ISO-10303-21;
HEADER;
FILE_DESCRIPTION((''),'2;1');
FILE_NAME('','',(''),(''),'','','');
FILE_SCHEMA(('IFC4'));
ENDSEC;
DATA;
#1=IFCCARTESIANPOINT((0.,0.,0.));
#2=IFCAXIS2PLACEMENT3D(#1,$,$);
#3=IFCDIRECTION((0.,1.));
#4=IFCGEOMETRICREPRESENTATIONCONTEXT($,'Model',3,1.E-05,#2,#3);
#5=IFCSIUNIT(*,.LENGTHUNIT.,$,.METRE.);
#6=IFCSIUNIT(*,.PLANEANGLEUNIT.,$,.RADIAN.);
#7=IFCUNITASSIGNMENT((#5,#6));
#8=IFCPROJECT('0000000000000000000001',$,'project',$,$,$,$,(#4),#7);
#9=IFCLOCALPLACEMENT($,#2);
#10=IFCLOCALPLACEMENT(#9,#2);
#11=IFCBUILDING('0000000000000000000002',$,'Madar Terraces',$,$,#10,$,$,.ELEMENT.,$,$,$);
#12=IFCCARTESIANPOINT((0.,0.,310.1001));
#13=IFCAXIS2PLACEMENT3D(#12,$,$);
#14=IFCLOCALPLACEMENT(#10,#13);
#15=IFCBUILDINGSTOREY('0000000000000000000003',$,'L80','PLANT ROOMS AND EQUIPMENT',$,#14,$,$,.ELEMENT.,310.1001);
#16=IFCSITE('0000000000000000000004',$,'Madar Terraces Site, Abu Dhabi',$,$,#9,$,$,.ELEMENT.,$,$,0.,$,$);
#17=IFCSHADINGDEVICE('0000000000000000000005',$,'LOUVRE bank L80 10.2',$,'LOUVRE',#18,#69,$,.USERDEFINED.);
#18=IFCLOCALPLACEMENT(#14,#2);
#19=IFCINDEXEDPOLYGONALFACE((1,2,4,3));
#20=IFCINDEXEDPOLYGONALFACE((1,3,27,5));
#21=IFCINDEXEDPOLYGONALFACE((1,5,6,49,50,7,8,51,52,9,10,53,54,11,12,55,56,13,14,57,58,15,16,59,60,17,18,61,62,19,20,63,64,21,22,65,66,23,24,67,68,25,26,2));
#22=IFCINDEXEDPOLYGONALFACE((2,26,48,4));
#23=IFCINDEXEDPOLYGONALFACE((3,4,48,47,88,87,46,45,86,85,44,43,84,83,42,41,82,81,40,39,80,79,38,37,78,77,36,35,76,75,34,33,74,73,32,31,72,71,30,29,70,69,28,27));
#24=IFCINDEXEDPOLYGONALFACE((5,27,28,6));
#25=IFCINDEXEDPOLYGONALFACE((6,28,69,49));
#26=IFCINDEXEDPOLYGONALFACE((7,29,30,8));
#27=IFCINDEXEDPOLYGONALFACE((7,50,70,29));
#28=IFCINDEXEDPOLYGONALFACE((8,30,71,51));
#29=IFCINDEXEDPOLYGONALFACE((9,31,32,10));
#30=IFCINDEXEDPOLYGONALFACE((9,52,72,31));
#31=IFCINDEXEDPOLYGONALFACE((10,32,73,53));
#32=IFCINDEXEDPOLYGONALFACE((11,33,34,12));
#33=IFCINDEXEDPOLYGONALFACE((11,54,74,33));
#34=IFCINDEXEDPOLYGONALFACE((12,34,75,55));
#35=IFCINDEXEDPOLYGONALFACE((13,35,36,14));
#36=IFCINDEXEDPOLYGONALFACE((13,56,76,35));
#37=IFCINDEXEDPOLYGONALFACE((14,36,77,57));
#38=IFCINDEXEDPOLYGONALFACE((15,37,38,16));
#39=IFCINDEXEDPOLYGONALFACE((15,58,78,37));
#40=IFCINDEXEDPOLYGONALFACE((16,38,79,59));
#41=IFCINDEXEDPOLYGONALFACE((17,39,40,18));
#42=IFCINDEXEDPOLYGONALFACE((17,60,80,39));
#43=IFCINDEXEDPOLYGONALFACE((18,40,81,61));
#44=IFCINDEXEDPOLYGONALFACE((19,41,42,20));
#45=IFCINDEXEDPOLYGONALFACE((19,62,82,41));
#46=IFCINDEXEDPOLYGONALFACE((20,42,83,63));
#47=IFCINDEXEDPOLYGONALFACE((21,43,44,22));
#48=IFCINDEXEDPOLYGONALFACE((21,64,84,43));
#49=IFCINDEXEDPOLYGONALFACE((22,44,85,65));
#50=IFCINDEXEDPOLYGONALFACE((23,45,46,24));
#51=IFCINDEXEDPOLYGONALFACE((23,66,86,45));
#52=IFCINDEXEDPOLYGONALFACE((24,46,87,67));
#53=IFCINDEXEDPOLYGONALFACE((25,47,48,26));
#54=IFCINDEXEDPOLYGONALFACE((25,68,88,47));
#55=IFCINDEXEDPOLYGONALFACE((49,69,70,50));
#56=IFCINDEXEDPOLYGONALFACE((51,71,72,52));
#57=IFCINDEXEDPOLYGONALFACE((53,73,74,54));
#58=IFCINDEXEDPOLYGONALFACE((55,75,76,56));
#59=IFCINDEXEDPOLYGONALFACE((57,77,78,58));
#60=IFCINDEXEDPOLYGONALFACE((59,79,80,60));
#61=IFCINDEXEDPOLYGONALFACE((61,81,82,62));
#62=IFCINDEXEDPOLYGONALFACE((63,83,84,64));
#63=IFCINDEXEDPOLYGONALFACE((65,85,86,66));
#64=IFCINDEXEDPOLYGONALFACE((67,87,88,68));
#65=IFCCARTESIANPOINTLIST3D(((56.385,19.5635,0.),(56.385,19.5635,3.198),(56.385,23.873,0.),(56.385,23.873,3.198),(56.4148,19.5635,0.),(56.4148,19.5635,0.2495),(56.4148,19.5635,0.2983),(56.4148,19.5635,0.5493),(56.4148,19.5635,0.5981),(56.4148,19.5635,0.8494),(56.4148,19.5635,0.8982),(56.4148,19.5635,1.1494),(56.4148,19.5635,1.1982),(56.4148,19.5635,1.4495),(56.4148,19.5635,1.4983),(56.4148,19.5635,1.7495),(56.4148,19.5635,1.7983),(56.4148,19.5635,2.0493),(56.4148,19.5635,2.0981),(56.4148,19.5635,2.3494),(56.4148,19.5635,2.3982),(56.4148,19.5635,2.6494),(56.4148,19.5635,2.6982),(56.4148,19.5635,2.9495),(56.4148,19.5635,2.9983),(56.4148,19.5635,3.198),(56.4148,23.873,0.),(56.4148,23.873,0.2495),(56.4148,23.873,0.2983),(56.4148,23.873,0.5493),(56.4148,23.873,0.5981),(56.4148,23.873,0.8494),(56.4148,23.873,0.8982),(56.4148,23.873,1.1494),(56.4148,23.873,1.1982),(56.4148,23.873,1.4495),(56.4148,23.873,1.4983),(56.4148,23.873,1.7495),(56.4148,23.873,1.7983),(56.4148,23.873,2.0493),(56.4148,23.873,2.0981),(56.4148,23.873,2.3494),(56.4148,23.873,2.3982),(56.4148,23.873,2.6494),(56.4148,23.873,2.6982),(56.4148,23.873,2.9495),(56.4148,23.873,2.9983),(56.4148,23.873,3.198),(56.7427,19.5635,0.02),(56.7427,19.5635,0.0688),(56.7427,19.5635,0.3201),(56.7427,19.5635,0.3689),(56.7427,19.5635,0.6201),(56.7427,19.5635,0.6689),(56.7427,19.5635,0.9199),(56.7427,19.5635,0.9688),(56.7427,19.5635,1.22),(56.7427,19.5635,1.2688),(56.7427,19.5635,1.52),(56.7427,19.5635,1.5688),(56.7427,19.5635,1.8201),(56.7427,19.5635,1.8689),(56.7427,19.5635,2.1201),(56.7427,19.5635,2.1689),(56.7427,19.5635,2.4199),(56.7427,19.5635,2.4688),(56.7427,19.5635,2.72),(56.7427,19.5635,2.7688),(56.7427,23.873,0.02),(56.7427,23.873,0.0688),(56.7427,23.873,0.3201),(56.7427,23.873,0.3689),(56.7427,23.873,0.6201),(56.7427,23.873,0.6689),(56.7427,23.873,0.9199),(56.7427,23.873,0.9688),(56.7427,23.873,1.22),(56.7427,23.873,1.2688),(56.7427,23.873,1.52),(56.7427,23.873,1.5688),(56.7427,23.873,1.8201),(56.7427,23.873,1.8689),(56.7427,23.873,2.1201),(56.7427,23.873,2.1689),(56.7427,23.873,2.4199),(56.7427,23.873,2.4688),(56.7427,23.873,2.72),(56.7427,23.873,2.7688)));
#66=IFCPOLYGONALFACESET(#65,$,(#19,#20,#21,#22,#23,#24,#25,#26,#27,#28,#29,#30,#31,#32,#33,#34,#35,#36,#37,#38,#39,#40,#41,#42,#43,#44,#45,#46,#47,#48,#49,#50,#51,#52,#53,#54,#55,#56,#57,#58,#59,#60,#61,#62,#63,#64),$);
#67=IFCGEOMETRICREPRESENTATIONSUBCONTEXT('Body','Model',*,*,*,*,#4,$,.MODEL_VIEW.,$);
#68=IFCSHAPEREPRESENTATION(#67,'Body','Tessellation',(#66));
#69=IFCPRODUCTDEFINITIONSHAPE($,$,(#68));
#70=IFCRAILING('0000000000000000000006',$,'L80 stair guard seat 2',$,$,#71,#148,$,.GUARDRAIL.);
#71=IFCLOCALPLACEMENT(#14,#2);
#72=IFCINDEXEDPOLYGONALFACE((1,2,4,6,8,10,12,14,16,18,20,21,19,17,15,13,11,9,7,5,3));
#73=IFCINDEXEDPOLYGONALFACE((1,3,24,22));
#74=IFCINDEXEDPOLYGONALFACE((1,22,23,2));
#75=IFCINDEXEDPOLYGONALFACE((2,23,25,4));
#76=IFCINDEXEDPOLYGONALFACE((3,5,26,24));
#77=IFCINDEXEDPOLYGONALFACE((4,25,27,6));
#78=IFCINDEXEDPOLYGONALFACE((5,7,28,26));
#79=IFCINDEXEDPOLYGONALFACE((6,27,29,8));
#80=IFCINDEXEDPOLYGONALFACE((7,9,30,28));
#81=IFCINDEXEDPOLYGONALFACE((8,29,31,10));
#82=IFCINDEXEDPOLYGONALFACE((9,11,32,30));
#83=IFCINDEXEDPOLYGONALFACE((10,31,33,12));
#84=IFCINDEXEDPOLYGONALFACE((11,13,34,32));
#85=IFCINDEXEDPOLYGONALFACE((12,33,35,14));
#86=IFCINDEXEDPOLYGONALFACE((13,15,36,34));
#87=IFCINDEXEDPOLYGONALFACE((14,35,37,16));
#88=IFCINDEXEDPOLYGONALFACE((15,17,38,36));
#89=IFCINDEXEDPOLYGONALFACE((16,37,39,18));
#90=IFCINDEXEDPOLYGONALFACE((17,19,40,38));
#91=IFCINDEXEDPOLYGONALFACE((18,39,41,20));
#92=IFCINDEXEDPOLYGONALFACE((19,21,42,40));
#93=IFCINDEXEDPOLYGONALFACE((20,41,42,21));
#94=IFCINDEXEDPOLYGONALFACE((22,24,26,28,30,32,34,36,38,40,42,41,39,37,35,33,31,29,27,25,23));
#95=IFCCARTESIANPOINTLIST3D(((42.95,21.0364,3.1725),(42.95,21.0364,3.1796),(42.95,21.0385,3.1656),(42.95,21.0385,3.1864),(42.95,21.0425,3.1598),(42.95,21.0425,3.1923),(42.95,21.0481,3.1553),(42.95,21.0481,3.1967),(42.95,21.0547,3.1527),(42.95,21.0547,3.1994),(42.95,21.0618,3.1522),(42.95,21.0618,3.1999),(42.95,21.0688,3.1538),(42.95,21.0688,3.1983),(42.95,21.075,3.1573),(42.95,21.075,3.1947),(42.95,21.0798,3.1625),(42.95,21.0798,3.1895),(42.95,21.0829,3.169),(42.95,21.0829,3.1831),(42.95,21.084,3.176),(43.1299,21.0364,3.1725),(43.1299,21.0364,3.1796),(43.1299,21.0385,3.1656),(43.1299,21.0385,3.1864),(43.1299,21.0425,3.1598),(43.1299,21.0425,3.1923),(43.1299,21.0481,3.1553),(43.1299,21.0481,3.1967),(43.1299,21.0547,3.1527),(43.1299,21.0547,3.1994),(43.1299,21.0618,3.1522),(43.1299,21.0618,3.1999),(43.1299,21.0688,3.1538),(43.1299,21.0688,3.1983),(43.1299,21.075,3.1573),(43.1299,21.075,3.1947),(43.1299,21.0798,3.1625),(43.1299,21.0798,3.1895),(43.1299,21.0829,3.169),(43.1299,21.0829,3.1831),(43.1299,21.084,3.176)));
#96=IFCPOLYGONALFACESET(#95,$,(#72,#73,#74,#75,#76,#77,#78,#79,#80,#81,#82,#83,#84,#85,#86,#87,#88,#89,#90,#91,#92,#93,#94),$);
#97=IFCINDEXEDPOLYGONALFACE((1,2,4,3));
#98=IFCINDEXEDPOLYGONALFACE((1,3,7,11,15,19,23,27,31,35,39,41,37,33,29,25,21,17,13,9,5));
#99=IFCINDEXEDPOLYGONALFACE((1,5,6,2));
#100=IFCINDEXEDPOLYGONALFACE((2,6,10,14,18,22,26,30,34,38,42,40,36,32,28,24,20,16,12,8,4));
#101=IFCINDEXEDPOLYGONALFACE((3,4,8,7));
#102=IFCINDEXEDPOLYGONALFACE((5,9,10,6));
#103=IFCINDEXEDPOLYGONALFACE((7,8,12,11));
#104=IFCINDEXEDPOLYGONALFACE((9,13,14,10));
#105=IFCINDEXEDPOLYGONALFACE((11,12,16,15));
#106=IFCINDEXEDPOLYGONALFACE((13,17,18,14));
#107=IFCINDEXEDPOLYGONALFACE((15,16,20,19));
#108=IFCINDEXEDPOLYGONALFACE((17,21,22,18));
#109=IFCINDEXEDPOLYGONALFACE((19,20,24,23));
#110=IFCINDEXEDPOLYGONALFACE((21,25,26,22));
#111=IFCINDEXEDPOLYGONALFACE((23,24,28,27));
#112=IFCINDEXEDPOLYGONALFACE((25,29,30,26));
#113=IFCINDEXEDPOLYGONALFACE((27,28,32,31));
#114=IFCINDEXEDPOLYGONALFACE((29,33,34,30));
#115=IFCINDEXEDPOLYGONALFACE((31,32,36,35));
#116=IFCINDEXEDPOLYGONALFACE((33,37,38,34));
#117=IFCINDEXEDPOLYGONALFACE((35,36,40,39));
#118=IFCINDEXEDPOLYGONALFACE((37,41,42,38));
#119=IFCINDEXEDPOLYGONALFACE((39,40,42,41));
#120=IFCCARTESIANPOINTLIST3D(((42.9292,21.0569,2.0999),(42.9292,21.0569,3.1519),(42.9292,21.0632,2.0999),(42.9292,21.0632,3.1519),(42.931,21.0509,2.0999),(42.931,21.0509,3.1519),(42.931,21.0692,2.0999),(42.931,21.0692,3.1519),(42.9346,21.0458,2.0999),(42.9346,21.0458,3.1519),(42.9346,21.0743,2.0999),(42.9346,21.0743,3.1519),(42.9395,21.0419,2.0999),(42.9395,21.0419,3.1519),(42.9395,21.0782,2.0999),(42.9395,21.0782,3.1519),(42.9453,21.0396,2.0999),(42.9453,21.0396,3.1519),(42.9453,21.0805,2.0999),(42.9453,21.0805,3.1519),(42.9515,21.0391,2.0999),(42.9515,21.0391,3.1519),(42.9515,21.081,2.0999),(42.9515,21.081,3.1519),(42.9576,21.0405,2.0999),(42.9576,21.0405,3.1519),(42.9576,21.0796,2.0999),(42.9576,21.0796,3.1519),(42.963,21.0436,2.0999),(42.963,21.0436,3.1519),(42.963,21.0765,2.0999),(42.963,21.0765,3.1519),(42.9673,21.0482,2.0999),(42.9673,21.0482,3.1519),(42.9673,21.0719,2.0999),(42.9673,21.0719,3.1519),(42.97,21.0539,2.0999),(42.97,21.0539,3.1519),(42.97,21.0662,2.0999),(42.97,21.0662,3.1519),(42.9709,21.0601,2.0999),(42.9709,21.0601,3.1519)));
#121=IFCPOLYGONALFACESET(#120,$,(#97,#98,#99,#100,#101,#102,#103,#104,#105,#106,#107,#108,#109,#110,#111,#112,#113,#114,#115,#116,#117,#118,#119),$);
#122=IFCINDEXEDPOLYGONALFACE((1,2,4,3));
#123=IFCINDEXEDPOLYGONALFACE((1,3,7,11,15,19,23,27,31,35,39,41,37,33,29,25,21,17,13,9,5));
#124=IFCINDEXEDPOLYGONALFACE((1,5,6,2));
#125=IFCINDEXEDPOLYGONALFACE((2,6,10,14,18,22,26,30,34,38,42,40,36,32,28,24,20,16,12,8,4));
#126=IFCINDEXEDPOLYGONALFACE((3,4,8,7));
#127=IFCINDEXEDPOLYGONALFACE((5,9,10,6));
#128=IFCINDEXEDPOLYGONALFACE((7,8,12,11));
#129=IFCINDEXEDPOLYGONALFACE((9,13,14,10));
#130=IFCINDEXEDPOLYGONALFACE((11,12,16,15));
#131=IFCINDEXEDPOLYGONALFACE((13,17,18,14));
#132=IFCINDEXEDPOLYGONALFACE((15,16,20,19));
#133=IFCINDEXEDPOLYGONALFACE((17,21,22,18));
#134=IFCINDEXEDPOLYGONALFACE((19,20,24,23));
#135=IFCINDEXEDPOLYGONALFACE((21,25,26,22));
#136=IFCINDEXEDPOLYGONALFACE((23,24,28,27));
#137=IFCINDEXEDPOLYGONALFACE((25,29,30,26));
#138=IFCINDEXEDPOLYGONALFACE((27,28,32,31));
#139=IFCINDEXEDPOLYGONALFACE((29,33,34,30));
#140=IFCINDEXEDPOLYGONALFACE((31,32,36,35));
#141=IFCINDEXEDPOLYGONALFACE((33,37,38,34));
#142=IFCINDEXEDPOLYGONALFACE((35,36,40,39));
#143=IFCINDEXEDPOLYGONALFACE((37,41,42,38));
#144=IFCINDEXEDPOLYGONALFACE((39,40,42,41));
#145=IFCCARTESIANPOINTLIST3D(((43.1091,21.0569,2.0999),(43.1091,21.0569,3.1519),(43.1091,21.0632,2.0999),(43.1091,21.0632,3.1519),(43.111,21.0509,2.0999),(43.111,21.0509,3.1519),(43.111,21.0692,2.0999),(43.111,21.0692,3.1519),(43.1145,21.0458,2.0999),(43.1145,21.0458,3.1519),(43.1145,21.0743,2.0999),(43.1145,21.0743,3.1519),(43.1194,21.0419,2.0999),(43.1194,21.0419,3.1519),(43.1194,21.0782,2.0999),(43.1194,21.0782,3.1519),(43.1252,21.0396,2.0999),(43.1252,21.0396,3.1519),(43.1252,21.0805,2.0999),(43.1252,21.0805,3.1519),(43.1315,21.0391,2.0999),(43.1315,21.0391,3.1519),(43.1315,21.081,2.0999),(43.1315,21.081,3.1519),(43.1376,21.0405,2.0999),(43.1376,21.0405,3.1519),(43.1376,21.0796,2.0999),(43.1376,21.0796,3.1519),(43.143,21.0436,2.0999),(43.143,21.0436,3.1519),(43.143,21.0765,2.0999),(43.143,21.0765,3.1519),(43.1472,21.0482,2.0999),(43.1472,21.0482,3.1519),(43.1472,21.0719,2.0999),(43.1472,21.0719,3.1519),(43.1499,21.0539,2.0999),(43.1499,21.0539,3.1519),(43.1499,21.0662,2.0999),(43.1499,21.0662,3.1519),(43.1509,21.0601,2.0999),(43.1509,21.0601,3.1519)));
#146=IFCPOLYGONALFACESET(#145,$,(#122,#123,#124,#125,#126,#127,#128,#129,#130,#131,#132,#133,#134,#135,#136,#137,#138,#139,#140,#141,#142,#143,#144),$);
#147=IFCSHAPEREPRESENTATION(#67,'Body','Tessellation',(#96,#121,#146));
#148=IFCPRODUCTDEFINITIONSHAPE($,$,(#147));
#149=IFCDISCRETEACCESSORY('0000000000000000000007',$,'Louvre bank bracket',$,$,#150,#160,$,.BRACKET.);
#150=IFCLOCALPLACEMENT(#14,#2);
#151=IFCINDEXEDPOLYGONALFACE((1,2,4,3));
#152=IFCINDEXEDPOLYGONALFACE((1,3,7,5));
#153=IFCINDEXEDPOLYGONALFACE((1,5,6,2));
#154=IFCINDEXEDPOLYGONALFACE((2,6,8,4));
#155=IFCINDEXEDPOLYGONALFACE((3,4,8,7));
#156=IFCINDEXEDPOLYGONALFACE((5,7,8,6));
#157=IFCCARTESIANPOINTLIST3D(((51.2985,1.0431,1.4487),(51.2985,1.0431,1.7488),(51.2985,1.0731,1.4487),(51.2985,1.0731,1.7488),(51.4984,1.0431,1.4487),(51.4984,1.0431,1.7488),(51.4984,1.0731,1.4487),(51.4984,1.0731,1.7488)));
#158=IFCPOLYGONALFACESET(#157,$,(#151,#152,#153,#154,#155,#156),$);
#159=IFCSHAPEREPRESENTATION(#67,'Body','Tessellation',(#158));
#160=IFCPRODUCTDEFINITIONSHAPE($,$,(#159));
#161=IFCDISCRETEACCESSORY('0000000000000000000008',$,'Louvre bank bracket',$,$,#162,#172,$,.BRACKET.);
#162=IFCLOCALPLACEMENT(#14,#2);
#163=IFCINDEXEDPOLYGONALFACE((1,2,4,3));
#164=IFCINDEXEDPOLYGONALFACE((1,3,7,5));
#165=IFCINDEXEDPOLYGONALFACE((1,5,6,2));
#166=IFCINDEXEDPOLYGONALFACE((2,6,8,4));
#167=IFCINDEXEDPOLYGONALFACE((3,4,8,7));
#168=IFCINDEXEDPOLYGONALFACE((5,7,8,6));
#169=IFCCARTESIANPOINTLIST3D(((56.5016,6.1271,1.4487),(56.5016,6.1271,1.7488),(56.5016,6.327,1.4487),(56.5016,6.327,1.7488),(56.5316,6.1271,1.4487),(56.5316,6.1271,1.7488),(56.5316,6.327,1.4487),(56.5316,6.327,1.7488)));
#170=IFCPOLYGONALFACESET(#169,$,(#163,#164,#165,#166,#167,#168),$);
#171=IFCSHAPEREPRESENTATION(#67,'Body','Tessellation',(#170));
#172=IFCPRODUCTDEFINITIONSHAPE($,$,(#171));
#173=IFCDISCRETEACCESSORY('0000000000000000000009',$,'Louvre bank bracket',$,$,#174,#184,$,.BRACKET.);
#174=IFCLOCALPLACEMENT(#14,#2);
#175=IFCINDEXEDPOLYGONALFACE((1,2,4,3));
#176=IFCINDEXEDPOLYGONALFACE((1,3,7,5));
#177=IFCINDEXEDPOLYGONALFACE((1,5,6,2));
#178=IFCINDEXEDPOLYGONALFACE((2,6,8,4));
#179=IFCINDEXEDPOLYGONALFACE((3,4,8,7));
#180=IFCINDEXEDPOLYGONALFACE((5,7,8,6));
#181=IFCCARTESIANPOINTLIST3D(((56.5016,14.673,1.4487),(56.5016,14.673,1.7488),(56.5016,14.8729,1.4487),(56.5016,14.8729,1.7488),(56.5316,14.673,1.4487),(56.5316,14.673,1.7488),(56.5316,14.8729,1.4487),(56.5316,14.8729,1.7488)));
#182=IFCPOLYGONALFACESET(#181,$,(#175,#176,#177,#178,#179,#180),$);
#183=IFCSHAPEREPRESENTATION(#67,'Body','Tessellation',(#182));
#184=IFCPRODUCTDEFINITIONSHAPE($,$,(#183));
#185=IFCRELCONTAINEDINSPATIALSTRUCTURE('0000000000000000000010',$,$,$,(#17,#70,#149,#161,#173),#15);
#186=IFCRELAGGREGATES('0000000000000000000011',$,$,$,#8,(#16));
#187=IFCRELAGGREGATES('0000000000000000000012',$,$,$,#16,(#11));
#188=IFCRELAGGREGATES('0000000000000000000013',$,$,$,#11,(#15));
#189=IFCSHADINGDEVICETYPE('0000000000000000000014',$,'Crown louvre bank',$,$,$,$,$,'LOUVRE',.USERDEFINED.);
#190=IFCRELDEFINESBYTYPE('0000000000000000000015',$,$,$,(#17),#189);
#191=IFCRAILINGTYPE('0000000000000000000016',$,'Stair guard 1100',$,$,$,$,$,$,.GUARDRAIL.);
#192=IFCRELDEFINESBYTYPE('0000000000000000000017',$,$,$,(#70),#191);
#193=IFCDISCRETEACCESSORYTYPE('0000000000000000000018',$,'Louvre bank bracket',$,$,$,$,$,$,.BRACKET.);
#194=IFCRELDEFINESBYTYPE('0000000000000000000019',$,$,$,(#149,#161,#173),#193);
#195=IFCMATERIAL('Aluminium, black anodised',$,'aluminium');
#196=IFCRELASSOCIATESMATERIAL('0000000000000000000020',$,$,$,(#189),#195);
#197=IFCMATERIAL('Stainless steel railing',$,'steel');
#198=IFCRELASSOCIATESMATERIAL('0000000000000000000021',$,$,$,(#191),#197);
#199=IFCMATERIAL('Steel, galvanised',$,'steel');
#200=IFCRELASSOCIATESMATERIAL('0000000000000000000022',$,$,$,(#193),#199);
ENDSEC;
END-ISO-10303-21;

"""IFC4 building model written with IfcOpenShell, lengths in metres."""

from ifc_helpers import new_model, si_unit, direction, frame, origin, origin_2d, place, context, subcontext, project, spatial, polyline, rectangle, circle, outline, extrude, material, type_object, element, save


model = new_model("IFC4")

# Units and contexts
model_context = context("Model", 3, precision=1e-05, world=origin(), true_north=direction((0.0, 1.0)))
body_context = subcontext(model_context, "Body", "Model", "MODEL_VIEW")
ifc_project = project(units=[si_unit("LENGTHUNIT", "METRE"), si_unit("PLANEANGLEUNIT", "RADIAN")], contexts=[model_context])

# Site, building, storey
site_placement = place(None, origin())
site = spatial("IfcSite", under=ifc_project, at=site_placement, Name="Madar Terraces Site, Abu Dhabi", CompositionType="ELEMENT", RefElevation=0.0)
building_placement = place(site_placement, origin())
building = spatial("IfcBuilding", under=site, at=building_placement, Name="Madar Terraces", CompositionType="ELEMENT")
storey_placement = place(building_placement, frame((0.0, 0.0, 310.1001)))
storey = spatial("IfcBuildingStorey", under=building, at=storey_placement, Name="L80", Description="PLANT ROOMS AND EQUIPMENT", CompositionType="ELEMENT", Elevation=310.1001)

# Shading device
ifc_material_1 = material(Name="Aluminium, black anodised", Category="aluminium")
shading_device_type = type_object("IfcShadingDeviceType", Name="Crown louvre bank", ElementType="LOUVRE", PredefinedType="USERDEFINED", material=ifc_material_1)
for number, where, z_axis, x_axis, name in (
    (1, (56.3999, 19.5635, 0.0), (0.0, 1.0, 0.0), (-1.0, 0.0, 0.0), "LOUVRE bank L80 10.2"),
):
    element("IfcShadingDevice", number, at=place(storey_placement, frame(where, z_axis=z_axis, x_axis=x_axis)), inside=storey, type_object=shading_device_type, Name=name, ObjectType="LOUVRE", PredefinedType="USERDEFINED", context=body_context, shape_type="SweptSolid", body=[
        extrude(outline(polyline([(0.0149, 0.0), (-0.0149, 0.0), (-0.0149, 0.2495), (-0.3428, 0.02), (-0.3428, 0.0688), (-0.0149, 0.2983), (-0.0149, 0.5493), (-0.3428, 0.3201), (-0.3428, 0.3689), (-0.0149, 0.5981), (-0.0149, 0.8494), (-0.3428, 0.6201), (-0.3428, 0.6689), (-0.0149, 0.8982), (-0.0149, 1.1494), (-0.3428, 0.9199), (-0.3428, 0.9688), (-0.0149, 1.1982), (-0.0149, 1.4495), (-0.3428, 1.22), (-0.3428, 1.2688), (-0.0149, 1.4983), (-0.0149, 1.7495), (-0.3428, 1.52), (-0.3428, 1.5688), (-0.0149, 1.7983), (-0.0149, 2.0493), (-0.3428, 1.8201), (-0.3428, 1.8689), (-0.0149, 2.0981), (-0.0149, 2.3494), (-0.3428, 2.1201), (-0.3428, 2.1689), (-0.0149, 2.3982), (-0.0149, 2.6494), (-0.3428, 2.4199), (-0.3428, 2.4688), (-0.0149, 2.6982), (-0.0149, 2.9495), (-0.3428, 2.72), (-0.3428, 2.7688), (-0.0149, 2.9983), (-0.0149, 3.198), (0.0149, 3.198), (0.0149, 0.0)])), origin(), (0.0, 0.0, 1.0), 4.3096),
    ])

# Railing
ifc_material_2 = material(Name="Stainless steel railing", Category="steel")
railing_type = type_object("IfcRailingType", Name="Stair guard 1100", PredefinedType="GUARDRAIL", material=ifc_material_2)
railing_placement = place(storey_placement, frame((42.95, 21.0601, 2.0999)))
element("IfcRailing", 2, at=railing_placement, inside=storey, type_object=railing_type, Name="L80 stair guard seat 2", PredefinedType="GUARDRAIL", context=body_context, shape_type="SweptSolid", body=[
    extrude(circle(Radius=0.0239, at=origin_2d()), frame((0.0, 0.0, 1.0762), z_axis=(1.0, 0.0, 0.0), x_axis=(0.0, 1.0, 0.0)), (0.0, 0.0, 1.0), 0.1799),
    extrude(circle(Radius=0.021, at=origin_2d()), origin(), (0.0, 0.0, 1.0), 1.052),
    extrude(circle(Radius=0.021, at=origin_2d()), frame((0.1799, 0.0, 0.0)), (0.0, 0.0, 1.0), 1.052),
])

# Discrete accessories
ifc_material_3 = material(Name="Steel, galvanised", Category="steel")
discrete_accessory_type = type_object("IfcDiscreteAccessoryType", Name="Louvre bank bracket", PredefinedType="BRACKET", material=ifc_material_3)
for number, where, z_axis, x_axis, name in (
    (3, (51.3984, 1.0581, 1.4487), (0.0, 0.0, 1.0), (1.0, 0.0, 0.0), "Louvre bank bracket"),
    (4, (56.5166, 6.2271, 1.4487), (0.0, 0.0, 1.0), (0.0, 1.0, 0.0), "Louvre bank bracket"),
    (5, (56.5166, 14.7729, 1.4487), (0.0, 0.0, 1.0), (0.0, 1.0, 0.0), "Louvre bank bracket"),
):
    element("IfcDiscreteAccessory", number, at=place(storey_placement, frame(where, z_axis=z_axis, x_axis=x_axis)), inside=storey, type_object=discrete_accessory_type, Name=name, PredefinedType="BRACKET", context=body_context, shape_type="SweptSolid", body=[
        extrude(rectangle(XDim=0.2, YDim=0.03, at=origin_2d()), origin(), (0.0, 0.0, 1.0), 0.3),
    ])

save(model, "model.ifc")
